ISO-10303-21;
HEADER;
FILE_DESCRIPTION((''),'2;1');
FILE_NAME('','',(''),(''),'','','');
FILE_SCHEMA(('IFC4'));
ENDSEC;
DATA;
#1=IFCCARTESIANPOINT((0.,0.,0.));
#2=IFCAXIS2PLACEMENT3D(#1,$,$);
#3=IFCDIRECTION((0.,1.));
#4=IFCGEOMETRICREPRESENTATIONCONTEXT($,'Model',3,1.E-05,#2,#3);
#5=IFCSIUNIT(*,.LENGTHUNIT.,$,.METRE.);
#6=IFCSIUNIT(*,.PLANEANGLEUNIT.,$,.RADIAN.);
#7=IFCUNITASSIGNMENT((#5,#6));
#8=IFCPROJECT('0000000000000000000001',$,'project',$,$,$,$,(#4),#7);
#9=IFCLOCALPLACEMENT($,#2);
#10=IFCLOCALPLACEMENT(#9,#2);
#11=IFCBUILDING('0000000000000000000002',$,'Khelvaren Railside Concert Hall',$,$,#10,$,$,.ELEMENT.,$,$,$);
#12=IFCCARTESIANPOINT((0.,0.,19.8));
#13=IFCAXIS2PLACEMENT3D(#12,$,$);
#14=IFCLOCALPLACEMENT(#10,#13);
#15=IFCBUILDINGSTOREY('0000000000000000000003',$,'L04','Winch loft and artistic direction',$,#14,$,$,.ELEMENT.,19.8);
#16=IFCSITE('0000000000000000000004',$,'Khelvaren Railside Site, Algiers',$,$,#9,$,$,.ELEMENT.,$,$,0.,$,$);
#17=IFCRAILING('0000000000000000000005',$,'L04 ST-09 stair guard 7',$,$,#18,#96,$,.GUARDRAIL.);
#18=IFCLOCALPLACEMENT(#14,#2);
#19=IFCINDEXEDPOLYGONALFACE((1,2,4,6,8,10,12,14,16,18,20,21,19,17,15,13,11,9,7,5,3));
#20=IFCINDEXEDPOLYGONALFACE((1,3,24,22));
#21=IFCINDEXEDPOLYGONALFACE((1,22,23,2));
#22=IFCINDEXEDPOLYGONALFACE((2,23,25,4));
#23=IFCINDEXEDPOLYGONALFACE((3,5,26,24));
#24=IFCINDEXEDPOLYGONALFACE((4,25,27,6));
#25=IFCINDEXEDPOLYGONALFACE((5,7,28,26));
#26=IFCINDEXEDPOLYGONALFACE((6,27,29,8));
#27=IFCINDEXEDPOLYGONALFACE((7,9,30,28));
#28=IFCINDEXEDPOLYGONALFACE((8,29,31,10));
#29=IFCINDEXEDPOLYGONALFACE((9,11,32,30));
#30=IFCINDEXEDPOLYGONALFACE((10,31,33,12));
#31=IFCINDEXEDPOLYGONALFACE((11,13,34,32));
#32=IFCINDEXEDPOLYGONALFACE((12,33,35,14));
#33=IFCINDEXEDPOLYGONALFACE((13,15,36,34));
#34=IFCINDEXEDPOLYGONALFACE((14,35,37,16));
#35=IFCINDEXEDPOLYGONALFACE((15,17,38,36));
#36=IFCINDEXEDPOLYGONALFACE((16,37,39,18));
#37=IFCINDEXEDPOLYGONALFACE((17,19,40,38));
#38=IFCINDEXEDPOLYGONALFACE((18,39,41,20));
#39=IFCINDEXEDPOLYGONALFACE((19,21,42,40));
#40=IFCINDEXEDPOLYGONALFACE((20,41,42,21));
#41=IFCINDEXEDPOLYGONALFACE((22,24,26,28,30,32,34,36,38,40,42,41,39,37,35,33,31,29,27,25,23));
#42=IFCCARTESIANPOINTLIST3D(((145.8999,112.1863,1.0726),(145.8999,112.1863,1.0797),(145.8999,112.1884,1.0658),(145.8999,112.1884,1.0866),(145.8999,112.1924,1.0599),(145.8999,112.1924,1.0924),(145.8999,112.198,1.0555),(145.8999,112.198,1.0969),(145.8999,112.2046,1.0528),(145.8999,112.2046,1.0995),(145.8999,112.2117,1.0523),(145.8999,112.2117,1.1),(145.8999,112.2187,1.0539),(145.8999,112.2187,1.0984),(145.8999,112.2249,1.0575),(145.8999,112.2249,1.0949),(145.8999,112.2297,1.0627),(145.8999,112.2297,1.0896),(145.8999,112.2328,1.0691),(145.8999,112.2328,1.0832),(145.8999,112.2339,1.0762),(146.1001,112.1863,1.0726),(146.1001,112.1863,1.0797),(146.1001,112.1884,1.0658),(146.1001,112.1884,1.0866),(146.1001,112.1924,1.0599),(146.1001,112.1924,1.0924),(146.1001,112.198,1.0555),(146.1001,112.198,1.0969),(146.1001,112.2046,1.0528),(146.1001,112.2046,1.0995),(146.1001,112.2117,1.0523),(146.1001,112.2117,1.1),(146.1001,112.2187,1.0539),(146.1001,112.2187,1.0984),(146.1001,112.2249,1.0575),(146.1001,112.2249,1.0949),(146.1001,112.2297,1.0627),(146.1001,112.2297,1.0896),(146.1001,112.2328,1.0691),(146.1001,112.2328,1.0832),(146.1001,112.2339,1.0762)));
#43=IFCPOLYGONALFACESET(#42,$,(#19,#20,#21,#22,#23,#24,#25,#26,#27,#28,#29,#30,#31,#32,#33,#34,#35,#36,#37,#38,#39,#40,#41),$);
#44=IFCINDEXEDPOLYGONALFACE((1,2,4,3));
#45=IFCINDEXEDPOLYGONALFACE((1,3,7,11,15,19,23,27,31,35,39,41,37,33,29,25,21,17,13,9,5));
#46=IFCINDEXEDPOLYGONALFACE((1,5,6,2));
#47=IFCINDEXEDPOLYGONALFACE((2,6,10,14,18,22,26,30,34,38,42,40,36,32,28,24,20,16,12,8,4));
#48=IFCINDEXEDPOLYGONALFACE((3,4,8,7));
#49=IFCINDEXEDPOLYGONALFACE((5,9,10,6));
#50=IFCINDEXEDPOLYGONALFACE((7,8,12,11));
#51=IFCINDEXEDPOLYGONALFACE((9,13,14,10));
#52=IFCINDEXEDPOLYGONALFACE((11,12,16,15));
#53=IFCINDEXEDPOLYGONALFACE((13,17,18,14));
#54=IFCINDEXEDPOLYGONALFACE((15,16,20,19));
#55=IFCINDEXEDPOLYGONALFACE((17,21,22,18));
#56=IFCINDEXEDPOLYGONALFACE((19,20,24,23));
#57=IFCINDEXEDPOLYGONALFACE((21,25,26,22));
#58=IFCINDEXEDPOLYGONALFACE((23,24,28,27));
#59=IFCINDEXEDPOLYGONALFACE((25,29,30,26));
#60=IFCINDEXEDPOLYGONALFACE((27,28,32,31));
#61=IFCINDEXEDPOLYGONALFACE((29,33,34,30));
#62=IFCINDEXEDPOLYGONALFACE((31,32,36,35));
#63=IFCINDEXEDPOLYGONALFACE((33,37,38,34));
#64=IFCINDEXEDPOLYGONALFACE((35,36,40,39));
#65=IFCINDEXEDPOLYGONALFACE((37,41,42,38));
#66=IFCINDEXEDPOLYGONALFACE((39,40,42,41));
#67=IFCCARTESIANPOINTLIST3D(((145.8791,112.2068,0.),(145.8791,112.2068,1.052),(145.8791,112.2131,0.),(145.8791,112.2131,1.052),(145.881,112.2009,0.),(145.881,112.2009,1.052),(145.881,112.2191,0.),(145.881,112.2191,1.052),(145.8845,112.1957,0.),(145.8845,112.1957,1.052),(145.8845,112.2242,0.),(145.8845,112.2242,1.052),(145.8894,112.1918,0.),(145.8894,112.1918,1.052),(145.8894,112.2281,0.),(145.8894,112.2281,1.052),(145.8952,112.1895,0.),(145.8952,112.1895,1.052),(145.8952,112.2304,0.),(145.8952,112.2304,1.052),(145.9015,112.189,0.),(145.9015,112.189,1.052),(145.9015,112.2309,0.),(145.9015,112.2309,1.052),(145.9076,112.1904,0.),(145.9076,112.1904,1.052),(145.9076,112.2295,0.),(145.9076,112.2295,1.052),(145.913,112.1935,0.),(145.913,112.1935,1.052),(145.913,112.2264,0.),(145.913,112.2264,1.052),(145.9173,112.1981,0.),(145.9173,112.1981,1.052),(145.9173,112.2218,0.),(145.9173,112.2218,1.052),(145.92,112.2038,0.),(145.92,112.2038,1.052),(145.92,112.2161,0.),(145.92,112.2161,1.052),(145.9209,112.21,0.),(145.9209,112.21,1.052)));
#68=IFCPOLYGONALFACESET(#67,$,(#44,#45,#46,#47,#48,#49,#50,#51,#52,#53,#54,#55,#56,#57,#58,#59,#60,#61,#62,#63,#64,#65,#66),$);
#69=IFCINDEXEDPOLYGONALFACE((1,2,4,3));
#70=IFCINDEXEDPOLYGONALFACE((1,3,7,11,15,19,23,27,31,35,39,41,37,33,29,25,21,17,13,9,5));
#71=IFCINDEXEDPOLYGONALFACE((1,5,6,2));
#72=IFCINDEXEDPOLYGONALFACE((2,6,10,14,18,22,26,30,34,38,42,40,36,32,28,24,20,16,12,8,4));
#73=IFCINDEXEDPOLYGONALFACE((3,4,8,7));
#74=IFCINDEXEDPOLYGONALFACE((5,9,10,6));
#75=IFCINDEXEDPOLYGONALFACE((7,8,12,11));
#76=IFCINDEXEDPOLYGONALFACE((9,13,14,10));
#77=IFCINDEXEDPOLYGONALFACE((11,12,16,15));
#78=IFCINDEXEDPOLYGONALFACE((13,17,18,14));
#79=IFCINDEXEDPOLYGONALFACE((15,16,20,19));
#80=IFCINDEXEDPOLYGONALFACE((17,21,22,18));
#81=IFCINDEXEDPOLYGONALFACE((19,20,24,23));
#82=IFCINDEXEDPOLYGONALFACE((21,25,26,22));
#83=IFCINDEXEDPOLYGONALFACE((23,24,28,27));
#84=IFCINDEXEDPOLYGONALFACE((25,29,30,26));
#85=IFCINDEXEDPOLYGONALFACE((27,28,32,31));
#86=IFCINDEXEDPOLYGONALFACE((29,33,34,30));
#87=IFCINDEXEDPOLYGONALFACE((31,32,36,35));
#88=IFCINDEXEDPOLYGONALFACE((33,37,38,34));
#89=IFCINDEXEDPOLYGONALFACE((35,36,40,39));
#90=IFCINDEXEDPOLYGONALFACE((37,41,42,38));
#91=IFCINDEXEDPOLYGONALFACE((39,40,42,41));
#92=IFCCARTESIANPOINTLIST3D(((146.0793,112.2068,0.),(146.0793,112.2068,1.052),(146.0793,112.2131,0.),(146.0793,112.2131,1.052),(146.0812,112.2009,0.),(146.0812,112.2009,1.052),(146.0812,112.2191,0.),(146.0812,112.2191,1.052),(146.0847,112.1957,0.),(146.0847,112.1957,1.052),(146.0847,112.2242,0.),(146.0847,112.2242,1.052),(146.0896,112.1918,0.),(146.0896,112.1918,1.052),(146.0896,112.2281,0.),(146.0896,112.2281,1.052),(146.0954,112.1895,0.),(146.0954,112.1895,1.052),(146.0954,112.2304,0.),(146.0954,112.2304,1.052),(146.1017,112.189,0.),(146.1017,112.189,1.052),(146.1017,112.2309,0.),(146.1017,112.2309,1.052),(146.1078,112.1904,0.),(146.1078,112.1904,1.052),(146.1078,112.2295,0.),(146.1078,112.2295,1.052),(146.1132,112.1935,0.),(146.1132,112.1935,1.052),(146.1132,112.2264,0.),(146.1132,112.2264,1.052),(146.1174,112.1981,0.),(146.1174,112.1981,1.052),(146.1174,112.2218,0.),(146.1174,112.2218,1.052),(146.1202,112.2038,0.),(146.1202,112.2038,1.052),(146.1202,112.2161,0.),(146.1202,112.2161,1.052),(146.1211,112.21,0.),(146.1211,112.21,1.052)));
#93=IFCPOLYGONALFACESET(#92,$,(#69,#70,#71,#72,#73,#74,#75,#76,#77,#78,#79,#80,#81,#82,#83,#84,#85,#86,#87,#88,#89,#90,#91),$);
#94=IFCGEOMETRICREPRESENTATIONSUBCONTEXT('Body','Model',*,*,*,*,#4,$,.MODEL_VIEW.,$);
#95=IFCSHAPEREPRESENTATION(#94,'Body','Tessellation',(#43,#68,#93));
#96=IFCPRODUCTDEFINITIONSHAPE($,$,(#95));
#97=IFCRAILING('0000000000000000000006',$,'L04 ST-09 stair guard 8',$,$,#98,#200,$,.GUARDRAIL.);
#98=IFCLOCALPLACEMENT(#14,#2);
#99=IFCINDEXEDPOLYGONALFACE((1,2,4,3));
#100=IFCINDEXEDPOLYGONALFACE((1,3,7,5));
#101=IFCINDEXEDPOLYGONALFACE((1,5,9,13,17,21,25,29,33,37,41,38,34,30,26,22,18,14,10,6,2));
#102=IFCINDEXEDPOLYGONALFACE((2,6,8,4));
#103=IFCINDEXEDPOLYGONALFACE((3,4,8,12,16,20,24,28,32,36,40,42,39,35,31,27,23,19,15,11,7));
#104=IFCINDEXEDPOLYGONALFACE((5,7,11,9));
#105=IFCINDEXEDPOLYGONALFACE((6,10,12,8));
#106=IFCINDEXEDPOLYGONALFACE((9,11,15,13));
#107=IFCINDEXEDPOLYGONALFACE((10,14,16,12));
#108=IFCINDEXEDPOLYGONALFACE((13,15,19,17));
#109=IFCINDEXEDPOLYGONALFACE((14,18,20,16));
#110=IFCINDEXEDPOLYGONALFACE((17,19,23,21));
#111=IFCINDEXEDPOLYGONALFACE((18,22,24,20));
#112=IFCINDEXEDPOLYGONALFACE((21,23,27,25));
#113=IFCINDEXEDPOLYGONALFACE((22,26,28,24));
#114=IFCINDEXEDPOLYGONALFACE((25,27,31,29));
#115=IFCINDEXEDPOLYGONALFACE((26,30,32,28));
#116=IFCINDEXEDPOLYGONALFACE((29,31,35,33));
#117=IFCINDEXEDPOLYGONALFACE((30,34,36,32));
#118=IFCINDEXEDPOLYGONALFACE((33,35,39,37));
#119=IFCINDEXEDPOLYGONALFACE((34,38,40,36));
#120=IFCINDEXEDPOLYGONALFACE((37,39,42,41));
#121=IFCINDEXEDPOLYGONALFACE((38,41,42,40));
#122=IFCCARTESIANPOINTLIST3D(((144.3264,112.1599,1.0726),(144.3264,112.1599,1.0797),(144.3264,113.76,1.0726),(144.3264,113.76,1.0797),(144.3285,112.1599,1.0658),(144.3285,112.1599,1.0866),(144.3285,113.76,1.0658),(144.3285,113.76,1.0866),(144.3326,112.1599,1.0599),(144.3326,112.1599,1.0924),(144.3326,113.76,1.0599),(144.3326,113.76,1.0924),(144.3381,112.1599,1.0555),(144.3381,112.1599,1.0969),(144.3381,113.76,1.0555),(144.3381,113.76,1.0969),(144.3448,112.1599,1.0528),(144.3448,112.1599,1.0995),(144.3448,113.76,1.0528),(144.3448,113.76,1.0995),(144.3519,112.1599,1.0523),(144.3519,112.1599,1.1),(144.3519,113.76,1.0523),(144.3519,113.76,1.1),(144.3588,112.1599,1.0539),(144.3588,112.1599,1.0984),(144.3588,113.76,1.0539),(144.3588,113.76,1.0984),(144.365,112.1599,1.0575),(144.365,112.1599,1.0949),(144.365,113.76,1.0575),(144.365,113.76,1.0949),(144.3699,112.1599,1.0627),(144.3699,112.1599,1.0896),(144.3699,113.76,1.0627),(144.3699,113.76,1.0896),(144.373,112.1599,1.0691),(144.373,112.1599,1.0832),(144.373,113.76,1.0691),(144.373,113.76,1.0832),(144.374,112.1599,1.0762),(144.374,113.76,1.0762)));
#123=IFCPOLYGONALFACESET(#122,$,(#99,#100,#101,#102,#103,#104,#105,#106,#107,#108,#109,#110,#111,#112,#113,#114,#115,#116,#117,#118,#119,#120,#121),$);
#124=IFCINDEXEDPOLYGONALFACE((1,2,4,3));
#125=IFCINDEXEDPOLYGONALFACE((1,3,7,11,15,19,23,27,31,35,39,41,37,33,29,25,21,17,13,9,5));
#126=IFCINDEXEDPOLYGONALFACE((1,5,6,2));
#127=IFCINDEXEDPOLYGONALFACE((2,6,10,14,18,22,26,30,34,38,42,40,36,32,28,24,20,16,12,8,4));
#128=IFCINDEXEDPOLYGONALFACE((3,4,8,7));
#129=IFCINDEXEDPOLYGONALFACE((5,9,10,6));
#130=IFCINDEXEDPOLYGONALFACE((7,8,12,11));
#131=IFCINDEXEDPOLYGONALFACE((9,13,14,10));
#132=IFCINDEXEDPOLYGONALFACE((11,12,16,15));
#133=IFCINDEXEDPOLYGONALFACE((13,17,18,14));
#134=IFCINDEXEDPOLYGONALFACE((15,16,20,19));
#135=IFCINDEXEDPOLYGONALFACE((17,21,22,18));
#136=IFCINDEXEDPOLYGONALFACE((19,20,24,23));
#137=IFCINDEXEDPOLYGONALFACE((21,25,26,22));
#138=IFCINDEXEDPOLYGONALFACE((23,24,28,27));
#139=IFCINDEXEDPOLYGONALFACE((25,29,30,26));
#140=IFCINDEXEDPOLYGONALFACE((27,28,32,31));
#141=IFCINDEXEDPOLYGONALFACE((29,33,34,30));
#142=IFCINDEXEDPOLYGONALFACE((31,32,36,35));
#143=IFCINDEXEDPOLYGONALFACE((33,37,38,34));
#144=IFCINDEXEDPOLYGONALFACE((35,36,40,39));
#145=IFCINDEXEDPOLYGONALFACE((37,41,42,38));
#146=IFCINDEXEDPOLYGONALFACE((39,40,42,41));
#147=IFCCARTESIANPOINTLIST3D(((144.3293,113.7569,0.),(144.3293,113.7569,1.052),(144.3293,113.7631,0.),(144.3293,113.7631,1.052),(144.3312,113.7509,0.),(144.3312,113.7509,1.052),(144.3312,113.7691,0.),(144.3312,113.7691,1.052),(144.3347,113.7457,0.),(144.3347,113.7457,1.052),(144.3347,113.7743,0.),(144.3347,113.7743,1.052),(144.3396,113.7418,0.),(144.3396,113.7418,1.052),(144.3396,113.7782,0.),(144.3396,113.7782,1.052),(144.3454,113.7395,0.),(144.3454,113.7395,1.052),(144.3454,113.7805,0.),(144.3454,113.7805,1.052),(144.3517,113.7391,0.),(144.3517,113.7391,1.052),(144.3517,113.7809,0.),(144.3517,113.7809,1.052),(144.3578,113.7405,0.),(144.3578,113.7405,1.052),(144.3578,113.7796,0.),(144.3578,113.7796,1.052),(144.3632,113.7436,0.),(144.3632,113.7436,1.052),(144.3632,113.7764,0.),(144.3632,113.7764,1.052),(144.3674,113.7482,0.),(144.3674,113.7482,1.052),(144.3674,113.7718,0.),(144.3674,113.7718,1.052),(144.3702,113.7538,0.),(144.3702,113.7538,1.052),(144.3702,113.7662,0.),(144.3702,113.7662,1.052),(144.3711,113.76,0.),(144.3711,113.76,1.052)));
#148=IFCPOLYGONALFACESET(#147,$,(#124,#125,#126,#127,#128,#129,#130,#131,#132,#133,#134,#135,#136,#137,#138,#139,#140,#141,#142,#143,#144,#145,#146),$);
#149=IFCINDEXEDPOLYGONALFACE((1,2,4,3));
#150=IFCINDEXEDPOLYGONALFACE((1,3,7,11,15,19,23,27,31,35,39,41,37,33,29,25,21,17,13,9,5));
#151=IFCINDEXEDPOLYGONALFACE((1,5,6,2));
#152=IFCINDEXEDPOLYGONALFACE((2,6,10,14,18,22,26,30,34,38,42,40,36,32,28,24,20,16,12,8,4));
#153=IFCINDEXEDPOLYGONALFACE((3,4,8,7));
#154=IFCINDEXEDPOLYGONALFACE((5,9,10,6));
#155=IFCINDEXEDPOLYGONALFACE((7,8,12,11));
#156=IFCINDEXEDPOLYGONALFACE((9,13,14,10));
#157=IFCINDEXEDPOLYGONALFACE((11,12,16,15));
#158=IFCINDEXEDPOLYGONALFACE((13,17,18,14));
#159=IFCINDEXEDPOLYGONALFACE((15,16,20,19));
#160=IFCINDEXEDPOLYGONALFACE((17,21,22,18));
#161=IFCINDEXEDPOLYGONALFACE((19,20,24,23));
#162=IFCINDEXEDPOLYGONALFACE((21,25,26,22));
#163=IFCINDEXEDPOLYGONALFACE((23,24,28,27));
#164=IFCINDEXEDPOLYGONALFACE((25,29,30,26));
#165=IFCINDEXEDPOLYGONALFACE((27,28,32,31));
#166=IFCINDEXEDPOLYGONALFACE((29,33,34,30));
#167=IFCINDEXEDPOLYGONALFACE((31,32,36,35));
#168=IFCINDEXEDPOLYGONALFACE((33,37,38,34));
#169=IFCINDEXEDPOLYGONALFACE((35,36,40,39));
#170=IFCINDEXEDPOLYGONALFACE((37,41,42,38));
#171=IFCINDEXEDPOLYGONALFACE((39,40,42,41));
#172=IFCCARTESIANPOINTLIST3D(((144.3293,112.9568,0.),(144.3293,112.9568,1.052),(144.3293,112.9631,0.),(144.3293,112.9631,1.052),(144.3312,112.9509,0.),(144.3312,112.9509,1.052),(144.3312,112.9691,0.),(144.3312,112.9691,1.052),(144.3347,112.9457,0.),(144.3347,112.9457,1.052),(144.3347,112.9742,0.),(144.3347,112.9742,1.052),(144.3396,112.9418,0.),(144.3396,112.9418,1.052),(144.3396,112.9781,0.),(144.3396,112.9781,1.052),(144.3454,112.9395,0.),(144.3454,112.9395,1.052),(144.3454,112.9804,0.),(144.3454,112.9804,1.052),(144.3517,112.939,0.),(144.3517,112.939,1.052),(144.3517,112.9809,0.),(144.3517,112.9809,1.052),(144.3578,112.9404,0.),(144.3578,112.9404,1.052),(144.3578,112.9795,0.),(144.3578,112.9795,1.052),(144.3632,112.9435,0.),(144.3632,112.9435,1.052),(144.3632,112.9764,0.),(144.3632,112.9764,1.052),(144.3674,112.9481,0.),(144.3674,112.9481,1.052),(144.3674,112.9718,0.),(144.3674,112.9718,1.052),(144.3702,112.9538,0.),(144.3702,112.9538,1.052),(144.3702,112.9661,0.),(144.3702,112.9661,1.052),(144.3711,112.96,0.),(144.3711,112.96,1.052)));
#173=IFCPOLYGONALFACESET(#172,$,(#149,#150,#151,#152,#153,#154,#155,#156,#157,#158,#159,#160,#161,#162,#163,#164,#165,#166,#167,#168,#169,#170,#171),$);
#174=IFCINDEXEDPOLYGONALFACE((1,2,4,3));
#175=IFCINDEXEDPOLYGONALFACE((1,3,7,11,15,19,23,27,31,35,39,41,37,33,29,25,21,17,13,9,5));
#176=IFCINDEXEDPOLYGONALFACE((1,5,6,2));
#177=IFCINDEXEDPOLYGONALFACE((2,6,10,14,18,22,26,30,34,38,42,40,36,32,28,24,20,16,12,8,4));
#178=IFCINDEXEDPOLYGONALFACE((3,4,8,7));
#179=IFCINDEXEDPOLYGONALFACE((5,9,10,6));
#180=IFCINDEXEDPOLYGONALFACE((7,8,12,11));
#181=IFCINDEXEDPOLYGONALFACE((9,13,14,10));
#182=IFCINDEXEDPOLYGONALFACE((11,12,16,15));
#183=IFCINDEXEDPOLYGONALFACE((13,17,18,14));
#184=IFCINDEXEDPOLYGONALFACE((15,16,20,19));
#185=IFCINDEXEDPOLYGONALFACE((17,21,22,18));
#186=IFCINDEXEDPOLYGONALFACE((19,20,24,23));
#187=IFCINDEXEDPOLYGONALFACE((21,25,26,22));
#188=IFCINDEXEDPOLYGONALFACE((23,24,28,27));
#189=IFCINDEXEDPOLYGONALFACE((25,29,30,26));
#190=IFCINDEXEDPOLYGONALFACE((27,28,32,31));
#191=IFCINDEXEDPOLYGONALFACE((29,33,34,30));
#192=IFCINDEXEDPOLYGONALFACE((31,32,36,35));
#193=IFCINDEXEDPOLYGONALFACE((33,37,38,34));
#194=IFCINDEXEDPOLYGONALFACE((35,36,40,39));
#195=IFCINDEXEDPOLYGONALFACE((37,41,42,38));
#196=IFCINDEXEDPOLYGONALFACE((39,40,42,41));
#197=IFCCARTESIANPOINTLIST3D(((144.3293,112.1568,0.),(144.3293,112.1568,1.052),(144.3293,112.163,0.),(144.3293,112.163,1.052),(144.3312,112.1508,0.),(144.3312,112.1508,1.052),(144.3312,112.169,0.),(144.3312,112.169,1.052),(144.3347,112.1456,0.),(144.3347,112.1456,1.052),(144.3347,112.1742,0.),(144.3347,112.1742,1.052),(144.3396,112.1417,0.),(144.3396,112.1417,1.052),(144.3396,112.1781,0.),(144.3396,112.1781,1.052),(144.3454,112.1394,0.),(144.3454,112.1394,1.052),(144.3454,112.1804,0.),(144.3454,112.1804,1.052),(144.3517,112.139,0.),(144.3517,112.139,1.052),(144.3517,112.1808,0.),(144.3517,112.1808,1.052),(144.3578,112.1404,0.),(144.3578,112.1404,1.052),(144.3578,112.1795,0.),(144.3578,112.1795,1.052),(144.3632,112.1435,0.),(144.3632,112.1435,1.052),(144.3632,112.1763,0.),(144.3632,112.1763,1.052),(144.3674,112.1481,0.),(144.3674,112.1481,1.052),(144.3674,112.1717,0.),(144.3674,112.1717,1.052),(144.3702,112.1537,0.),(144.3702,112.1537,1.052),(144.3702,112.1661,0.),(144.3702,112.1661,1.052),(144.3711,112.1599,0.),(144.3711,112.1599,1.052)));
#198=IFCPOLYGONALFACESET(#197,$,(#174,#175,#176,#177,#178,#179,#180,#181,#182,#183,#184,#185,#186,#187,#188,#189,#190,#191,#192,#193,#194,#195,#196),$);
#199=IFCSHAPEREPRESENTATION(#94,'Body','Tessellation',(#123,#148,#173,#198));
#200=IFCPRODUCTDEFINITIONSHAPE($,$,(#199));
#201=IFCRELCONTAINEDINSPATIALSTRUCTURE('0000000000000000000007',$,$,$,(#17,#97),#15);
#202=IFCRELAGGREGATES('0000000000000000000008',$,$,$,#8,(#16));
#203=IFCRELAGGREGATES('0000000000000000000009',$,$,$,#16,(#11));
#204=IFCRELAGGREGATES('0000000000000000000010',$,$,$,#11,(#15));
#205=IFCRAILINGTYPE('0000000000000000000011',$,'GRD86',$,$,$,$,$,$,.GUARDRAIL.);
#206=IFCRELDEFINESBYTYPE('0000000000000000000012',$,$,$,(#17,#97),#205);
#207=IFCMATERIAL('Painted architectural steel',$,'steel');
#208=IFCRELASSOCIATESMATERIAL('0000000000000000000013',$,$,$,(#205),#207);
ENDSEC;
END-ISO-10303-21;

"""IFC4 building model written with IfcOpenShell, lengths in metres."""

from ifc_helpers import new_model, si_unit, direction, frame, origin, origin_2d, place, context, subcontext, project, spatial, circle, extrude, material, type_object, element, save


model = new_model("IFC4")

# Units and contexts
model_context = context("Model", 3, precision=1e-05, world=origin(), true_north=direction((0.0, 1.0)))
body_context = subcontext(model_context, "Body", "Model", "MODEL_VIEW")
ifc_project = project(units=[si_unit("LENGTHUNIT", "METRE"), si_unit("PLANEANGLEUNIT", "RADIAN")], contexts=[model_context])

# Site, building, storey
site_placement = place(None, origin())
site = spatial("IfcSite", under=ifc_project, at=site_placement, Name="Khelvaren Railside Site, Algiers", CompositionType="ELEMENT", RefElevation=0.0)
building_placement = place(site_placement, origin())
building = spatial("IfcBuilding", under=site, at=building_placement, Name="Khelvaren Railside Concert Hall", CompositionType="ELEMENT")
storey_placement = place(building_placement, frame((0.0, 0.0, 19.8)))
storey = spatial("IfcBuildingStorey", under=building, at=storey_placement, Name="L04", Description="Winch loft and artistic direction", CompositionType="ELEMENT", Elevation=19.8)

# Railings
ifc_material_1 = material(Name="Painted architectural steel", Category="steel")
railing_type_1 = type_object("IfcRailingType", Name="GRD86", PredefinedType="GUARDRAIL", material=ifc_material_1)
railing_1_placement = place(storey_placement, frame((145.8999, 112.21, 0.0)))
element("IfcRailing", 1, at=railing_1_placement, inside=storey, type_object=railing_type_1, Name="L04 ST-09 stair guard 7", PredefinedType="GUARDRAIL", context=body_context, shape_type="SweptSolid", body=[
    extrude(circle(Radius=0.0239, at=origin_2d()), frame((0.0, 0.0, 1.0762), z_axis=(1.0, 0.0, 0.0), x_axis=(0.0, 1.0, 0.0)), (0.0, 0.0, 1.0), 0.2002),
    extrude(circle(Radius=0.021, at=origin_2d()), origin(), (0.0, 0.0, 1.0), 1.052),
    extrude(circle(Radius=0.021, at=origin_2d()), frame((0.2002, 0.0, 0.0)), (0.0, 0.0, 1.0), 1.052),
])
for number, where, name in (
    (2, (144.3501, 113.76, 0.0), "L04 ST-09 stair guard 8"),
):
    element("IfcRailing", number, at=place(storey_placement, frame(where)), inside=storey, type_object=railing_type_1, Name=name, PredefinedType="GUARDRAIL", context=body_context, shape_type="SweptSolid", body=[
        extrude(circle(Radius=0.0239, at=origin_2d()), frame((0.0, 0.0, 1.0762), z_axis=(0.0, -1.0, 0.0), x_axis=(1.0, 0.0, 0.0)), (0.0, 0.0, 1.0), 1.6001),
        extrude(circle(Radius=0.021, at=origin_2d()), origin(), (0.0, 0.0, 1.0), 1.052),
        extrude(circle(Radius=0.021, at=origin_2d()), frame((0.0, -0.8, 0.0)), (0.0, 0.0, 1.0), 1.052),
        extrude(circle(Radius=0.021, at=origin_2d()), frame((0.0, -1.6001, 0.0)), (0.0, 0.0, 1.0), 1.052),
    ])

save(model, "model.ifc")
